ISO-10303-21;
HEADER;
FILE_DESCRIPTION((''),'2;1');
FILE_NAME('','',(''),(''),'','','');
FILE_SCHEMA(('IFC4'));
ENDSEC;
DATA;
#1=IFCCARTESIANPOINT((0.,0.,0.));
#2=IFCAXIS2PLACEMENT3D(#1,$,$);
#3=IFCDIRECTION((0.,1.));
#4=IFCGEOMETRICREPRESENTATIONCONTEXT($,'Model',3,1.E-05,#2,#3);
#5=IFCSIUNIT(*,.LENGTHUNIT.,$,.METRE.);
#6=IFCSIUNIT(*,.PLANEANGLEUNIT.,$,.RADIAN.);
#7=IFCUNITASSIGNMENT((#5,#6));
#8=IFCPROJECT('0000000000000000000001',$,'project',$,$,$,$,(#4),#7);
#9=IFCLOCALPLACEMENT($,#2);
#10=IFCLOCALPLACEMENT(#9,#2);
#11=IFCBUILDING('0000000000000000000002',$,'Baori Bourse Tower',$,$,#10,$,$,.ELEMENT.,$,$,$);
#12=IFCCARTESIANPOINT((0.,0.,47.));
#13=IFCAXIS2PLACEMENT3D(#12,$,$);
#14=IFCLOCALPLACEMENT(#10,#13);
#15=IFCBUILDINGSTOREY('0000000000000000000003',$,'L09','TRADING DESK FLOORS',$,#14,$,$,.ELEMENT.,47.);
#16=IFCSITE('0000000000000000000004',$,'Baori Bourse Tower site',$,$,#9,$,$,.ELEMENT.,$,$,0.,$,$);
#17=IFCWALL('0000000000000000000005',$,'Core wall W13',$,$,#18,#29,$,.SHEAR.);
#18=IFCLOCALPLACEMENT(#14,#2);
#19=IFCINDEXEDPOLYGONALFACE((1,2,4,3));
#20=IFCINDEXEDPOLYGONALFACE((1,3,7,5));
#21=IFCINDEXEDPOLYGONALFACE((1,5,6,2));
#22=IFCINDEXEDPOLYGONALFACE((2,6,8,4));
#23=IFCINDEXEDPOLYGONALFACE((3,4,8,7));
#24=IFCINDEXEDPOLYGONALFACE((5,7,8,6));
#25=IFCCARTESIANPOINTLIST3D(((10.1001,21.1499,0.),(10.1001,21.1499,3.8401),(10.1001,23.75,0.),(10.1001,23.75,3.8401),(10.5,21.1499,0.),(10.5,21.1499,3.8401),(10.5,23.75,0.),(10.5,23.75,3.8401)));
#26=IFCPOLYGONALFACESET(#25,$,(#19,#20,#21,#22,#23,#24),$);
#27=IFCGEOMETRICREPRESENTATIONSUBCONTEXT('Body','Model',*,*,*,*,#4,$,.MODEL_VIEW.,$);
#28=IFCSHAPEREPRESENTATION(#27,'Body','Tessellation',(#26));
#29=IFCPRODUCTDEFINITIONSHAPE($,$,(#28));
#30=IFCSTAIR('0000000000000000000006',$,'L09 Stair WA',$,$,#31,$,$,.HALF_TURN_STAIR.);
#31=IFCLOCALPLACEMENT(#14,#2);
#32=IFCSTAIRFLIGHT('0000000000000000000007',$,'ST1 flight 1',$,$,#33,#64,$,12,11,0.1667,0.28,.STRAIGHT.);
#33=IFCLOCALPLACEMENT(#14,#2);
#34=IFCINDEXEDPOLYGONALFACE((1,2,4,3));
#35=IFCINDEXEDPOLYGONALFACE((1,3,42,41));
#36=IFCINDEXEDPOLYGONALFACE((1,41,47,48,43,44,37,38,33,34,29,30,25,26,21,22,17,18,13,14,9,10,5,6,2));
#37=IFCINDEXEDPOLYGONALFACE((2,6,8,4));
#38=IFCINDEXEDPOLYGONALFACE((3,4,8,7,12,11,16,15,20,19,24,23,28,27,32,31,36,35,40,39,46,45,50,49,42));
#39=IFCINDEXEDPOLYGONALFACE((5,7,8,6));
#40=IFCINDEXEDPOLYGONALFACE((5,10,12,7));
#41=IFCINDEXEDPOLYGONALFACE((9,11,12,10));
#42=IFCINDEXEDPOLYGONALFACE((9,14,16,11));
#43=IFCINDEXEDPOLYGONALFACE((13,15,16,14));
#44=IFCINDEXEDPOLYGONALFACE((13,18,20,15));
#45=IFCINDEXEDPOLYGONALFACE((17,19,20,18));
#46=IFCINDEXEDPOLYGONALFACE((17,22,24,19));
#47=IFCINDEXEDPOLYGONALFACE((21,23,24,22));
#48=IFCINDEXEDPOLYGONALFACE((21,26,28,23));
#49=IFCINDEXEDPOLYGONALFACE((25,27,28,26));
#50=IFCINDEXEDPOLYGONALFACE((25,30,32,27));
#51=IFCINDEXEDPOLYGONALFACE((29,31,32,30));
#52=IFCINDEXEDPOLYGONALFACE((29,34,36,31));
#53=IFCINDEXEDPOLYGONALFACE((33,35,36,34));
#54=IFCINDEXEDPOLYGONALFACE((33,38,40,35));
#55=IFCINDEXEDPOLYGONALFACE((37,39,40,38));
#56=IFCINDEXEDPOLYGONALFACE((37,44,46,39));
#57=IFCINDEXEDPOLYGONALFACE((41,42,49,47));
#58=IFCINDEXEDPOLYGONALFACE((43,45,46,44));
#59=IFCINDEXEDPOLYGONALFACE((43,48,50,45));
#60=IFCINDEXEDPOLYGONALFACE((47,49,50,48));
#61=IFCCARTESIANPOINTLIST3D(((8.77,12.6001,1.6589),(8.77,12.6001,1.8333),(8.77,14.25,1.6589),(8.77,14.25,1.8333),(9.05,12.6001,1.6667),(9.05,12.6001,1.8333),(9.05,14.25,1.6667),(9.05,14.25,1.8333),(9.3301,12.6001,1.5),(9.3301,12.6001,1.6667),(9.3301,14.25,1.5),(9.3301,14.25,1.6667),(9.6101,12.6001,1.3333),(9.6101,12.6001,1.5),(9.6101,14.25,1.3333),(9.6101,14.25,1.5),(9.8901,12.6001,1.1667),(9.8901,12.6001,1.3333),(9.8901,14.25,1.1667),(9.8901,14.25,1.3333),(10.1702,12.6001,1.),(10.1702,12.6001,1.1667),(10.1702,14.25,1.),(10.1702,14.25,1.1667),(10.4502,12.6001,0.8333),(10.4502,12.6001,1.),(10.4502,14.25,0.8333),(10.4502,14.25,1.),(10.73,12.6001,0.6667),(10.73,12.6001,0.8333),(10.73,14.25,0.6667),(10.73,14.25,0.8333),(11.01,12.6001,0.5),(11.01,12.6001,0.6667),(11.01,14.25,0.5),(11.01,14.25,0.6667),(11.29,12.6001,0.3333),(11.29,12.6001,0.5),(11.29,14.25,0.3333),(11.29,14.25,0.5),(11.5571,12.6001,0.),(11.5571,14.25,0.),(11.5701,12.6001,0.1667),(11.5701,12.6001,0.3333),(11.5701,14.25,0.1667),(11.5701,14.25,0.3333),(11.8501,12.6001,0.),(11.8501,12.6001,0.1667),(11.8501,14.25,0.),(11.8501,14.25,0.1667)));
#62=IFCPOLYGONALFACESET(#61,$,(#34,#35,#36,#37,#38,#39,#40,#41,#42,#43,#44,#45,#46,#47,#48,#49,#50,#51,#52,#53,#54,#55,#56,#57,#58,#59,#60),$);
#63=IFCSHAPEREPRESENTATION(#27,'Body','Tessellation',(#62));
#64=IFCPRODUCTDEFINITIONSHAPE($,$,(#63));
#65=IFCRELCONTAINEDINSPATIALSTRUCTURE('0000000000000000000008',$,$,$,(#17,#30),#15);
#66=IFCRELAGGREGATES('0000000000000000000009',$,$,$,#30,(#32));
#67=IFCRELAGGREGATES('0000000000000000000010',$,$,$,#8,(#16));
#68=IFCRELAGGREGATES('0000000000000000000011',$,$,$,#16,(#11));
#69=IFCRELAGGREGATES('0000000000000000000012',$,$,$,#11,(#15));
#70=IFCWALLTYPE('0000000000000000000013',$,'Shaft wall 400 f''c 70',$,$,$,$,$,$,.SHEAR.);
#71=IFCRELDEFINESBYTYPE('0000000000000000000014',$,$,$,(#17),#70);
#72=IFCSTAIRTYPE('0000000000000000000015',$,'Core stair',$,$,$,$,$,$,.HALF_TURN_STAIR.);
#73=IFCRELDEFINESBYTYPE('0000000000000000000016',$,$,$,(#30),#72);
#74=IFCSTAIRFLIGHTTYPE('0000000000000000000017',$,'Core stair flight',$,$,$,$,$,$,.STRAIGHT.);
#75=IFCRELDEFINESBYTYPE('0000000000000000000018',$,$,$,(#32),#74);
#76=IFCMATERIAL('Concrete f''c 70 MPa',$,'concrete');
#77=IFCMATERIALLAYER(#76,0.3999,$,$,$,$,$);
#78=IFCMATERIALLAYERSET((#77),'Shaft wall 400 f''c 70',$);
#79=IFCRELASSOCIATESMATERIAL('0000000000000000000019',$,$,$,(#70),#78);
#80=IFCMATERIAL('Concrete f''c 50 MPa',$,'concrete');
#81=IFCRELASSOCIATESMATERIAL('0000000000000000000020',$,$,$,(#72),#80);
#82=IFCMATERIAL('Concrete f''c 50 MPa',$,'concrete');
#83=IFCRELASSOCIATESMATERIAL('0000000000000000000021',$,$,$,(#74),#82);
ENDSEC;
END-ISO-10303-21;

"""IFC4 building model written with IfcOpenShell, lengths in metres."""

from ifc_helpers import new_model, si_unit, direction, frame, frame_2d, origin, place, context, subcontext, project, spatial, polyline, rectangle, outline, extrude, material, layer, layer_set, type_object, element, aggregate, save


model = new_model("IFC4")

# Units and contexts
model_context = context("Model", 3, precision=1e-05, world=origin(), true_north=direction((0.0, 1.0)))
body_context = subcontext(model_context, "Body", "Model", "MODEL_VIEW")
ifc_project = project(units=[si_unit("LENGTHUNIT", "METRE"), si_unit("PLANEANGLEUNIT", "RADIAN")], contexts=[model_context])

# Site, building, storey
site_placement = place(None, origin())
site = spatial("IfcSite", under=ifc_project, at=site_placement, Name="Baori Bourse Tower site", CompositionType="ELEMENT", RefElevation=0.0)
building_placement = place(site_placement, origin())
building = spatial("IfcBuilding", under=site, at=building_placement, Name="Baori Bourse Tower", CompositionType="ELEMENT")
storey_placement = place(building_placement, frame((0.0, 0.0, 47.0)))
storey = spatial("IfcBuildingStorey", under=building, at=storey_placement, Name="L09", Description="TRADING DESK FLOORS", CompositionType="ELEMENT", Elevation=47.0)

# Wall
ifc_material_1 = material(Name="Concrete f'c 70 MPa", Category="concrete")
ifc_layer_1 = layer(ifc_material_1, 0.3999)
ifc_layer_set_1 = layer_set([ifc_layer_1], Name="Shaft wall 400 f'c 70")
wall_type_1 = type_object("IfcWallType", Name="Shaft wall 400 f'c 70", PredefinedType="SHEAR", material=ifc_layer_set_1)
wall_1_placement = place(storey_placement, frame((10.3, 21.1499, 0.0), z_axis=(0.0, 0.0, 1.0), x_axis=(0.0, 1.0, 0.0)))
element("IfcWall", 1, at=wall_1_placement, inside=storey, type_object=wall_type_1, Name="Core wall W13", PredefinedType="SHEAR", context=body_context, shape_type="SweptSolid", body=[
    extrude(rectangle(XDim=2.6001, YDim=0.3999, at=frame_2d((1.3, 0.0))), origin(), (0.0, 0.0, 1.0), 3.8401),
])

# Stair, stair flight
ifc_material_2 = material(Name="Concrete f'c 50 MPa", Category="concrete")
stair_type = type_object("IfcStairType", Name="Core stair", PredefinedType="HALF_TURN_STAIR", material=ifc_material_2)
stair_placement = place(storey_placement, origin())
stair = element("IfcStair", 2, at=stair_placement, inside=storey, type_object=stair_type, Name="L09 Stair WA", PredefinedType="HALF_TURN_STAIR")
ifc_material_3 = material(Name="Concrete f'c 50 MPa", Category="concrete")
stair_flight_type = type_object("IfcStairFlightType", Name="Core stair flight", PredefinedType="STRAIGHT", material=ifc_material_3)
stair_flight_placement = place(storey_placement, frame((11.8501, 13.425, 0.0), z_axis=(0.0, 0.0, 1.0), x_axis=(-1.0, 0.0, 0.0)))
stair_flight = element("IfcStairFlight", 3, at=stair_flight_placement, type_object=stair_flight_type, Name="ST1 flight 1", NumberOfRisers=12, NumberOfTreads=11, PredefinedType="STRAIGHT", RiserHeight=0.1667, TreadLength=0.28, context=body_context, shape_type="SweptSolid", body=[
    extrude(outline(polyline([(0.0, 0.0), (0.0, 0.1667), (0.28, 0.1667), (0.28, 0.3333), (0.5601, 0.3333), (0.5601, 0.5), (0.8401, 0.5), (0.8401, 0.6667), (1.1201, 0.6667), (1.1201, 0.8333), (1.3999, 0.8333), (1.3999, 1.0), (1.6799, 1.0), (1.6799, 1.1667), (1.96, 1.1667), (1.96, 1.3333), (2.24, 1.3333), (2.24, 1.5), (2.52, 1.5), (2.52, 1.6667), (2.8, 1.6667), (2.8, 1.8333), (3.0801, 1.8333), (3.0801, 2.0), (3.0801, 1.6589), (0.293, 0.0), (0.0, 0.0)])), frame((0.0, 0.825, 0.0), z_axis=(0.0, -1.0, 0.0), x_axis=(1.0, 0.0, 0.0)), (0.0, 0.0, 1.0), 1.6499),
])
aggregate(stair, [stair_flight])

save(model, "model.ifc")
